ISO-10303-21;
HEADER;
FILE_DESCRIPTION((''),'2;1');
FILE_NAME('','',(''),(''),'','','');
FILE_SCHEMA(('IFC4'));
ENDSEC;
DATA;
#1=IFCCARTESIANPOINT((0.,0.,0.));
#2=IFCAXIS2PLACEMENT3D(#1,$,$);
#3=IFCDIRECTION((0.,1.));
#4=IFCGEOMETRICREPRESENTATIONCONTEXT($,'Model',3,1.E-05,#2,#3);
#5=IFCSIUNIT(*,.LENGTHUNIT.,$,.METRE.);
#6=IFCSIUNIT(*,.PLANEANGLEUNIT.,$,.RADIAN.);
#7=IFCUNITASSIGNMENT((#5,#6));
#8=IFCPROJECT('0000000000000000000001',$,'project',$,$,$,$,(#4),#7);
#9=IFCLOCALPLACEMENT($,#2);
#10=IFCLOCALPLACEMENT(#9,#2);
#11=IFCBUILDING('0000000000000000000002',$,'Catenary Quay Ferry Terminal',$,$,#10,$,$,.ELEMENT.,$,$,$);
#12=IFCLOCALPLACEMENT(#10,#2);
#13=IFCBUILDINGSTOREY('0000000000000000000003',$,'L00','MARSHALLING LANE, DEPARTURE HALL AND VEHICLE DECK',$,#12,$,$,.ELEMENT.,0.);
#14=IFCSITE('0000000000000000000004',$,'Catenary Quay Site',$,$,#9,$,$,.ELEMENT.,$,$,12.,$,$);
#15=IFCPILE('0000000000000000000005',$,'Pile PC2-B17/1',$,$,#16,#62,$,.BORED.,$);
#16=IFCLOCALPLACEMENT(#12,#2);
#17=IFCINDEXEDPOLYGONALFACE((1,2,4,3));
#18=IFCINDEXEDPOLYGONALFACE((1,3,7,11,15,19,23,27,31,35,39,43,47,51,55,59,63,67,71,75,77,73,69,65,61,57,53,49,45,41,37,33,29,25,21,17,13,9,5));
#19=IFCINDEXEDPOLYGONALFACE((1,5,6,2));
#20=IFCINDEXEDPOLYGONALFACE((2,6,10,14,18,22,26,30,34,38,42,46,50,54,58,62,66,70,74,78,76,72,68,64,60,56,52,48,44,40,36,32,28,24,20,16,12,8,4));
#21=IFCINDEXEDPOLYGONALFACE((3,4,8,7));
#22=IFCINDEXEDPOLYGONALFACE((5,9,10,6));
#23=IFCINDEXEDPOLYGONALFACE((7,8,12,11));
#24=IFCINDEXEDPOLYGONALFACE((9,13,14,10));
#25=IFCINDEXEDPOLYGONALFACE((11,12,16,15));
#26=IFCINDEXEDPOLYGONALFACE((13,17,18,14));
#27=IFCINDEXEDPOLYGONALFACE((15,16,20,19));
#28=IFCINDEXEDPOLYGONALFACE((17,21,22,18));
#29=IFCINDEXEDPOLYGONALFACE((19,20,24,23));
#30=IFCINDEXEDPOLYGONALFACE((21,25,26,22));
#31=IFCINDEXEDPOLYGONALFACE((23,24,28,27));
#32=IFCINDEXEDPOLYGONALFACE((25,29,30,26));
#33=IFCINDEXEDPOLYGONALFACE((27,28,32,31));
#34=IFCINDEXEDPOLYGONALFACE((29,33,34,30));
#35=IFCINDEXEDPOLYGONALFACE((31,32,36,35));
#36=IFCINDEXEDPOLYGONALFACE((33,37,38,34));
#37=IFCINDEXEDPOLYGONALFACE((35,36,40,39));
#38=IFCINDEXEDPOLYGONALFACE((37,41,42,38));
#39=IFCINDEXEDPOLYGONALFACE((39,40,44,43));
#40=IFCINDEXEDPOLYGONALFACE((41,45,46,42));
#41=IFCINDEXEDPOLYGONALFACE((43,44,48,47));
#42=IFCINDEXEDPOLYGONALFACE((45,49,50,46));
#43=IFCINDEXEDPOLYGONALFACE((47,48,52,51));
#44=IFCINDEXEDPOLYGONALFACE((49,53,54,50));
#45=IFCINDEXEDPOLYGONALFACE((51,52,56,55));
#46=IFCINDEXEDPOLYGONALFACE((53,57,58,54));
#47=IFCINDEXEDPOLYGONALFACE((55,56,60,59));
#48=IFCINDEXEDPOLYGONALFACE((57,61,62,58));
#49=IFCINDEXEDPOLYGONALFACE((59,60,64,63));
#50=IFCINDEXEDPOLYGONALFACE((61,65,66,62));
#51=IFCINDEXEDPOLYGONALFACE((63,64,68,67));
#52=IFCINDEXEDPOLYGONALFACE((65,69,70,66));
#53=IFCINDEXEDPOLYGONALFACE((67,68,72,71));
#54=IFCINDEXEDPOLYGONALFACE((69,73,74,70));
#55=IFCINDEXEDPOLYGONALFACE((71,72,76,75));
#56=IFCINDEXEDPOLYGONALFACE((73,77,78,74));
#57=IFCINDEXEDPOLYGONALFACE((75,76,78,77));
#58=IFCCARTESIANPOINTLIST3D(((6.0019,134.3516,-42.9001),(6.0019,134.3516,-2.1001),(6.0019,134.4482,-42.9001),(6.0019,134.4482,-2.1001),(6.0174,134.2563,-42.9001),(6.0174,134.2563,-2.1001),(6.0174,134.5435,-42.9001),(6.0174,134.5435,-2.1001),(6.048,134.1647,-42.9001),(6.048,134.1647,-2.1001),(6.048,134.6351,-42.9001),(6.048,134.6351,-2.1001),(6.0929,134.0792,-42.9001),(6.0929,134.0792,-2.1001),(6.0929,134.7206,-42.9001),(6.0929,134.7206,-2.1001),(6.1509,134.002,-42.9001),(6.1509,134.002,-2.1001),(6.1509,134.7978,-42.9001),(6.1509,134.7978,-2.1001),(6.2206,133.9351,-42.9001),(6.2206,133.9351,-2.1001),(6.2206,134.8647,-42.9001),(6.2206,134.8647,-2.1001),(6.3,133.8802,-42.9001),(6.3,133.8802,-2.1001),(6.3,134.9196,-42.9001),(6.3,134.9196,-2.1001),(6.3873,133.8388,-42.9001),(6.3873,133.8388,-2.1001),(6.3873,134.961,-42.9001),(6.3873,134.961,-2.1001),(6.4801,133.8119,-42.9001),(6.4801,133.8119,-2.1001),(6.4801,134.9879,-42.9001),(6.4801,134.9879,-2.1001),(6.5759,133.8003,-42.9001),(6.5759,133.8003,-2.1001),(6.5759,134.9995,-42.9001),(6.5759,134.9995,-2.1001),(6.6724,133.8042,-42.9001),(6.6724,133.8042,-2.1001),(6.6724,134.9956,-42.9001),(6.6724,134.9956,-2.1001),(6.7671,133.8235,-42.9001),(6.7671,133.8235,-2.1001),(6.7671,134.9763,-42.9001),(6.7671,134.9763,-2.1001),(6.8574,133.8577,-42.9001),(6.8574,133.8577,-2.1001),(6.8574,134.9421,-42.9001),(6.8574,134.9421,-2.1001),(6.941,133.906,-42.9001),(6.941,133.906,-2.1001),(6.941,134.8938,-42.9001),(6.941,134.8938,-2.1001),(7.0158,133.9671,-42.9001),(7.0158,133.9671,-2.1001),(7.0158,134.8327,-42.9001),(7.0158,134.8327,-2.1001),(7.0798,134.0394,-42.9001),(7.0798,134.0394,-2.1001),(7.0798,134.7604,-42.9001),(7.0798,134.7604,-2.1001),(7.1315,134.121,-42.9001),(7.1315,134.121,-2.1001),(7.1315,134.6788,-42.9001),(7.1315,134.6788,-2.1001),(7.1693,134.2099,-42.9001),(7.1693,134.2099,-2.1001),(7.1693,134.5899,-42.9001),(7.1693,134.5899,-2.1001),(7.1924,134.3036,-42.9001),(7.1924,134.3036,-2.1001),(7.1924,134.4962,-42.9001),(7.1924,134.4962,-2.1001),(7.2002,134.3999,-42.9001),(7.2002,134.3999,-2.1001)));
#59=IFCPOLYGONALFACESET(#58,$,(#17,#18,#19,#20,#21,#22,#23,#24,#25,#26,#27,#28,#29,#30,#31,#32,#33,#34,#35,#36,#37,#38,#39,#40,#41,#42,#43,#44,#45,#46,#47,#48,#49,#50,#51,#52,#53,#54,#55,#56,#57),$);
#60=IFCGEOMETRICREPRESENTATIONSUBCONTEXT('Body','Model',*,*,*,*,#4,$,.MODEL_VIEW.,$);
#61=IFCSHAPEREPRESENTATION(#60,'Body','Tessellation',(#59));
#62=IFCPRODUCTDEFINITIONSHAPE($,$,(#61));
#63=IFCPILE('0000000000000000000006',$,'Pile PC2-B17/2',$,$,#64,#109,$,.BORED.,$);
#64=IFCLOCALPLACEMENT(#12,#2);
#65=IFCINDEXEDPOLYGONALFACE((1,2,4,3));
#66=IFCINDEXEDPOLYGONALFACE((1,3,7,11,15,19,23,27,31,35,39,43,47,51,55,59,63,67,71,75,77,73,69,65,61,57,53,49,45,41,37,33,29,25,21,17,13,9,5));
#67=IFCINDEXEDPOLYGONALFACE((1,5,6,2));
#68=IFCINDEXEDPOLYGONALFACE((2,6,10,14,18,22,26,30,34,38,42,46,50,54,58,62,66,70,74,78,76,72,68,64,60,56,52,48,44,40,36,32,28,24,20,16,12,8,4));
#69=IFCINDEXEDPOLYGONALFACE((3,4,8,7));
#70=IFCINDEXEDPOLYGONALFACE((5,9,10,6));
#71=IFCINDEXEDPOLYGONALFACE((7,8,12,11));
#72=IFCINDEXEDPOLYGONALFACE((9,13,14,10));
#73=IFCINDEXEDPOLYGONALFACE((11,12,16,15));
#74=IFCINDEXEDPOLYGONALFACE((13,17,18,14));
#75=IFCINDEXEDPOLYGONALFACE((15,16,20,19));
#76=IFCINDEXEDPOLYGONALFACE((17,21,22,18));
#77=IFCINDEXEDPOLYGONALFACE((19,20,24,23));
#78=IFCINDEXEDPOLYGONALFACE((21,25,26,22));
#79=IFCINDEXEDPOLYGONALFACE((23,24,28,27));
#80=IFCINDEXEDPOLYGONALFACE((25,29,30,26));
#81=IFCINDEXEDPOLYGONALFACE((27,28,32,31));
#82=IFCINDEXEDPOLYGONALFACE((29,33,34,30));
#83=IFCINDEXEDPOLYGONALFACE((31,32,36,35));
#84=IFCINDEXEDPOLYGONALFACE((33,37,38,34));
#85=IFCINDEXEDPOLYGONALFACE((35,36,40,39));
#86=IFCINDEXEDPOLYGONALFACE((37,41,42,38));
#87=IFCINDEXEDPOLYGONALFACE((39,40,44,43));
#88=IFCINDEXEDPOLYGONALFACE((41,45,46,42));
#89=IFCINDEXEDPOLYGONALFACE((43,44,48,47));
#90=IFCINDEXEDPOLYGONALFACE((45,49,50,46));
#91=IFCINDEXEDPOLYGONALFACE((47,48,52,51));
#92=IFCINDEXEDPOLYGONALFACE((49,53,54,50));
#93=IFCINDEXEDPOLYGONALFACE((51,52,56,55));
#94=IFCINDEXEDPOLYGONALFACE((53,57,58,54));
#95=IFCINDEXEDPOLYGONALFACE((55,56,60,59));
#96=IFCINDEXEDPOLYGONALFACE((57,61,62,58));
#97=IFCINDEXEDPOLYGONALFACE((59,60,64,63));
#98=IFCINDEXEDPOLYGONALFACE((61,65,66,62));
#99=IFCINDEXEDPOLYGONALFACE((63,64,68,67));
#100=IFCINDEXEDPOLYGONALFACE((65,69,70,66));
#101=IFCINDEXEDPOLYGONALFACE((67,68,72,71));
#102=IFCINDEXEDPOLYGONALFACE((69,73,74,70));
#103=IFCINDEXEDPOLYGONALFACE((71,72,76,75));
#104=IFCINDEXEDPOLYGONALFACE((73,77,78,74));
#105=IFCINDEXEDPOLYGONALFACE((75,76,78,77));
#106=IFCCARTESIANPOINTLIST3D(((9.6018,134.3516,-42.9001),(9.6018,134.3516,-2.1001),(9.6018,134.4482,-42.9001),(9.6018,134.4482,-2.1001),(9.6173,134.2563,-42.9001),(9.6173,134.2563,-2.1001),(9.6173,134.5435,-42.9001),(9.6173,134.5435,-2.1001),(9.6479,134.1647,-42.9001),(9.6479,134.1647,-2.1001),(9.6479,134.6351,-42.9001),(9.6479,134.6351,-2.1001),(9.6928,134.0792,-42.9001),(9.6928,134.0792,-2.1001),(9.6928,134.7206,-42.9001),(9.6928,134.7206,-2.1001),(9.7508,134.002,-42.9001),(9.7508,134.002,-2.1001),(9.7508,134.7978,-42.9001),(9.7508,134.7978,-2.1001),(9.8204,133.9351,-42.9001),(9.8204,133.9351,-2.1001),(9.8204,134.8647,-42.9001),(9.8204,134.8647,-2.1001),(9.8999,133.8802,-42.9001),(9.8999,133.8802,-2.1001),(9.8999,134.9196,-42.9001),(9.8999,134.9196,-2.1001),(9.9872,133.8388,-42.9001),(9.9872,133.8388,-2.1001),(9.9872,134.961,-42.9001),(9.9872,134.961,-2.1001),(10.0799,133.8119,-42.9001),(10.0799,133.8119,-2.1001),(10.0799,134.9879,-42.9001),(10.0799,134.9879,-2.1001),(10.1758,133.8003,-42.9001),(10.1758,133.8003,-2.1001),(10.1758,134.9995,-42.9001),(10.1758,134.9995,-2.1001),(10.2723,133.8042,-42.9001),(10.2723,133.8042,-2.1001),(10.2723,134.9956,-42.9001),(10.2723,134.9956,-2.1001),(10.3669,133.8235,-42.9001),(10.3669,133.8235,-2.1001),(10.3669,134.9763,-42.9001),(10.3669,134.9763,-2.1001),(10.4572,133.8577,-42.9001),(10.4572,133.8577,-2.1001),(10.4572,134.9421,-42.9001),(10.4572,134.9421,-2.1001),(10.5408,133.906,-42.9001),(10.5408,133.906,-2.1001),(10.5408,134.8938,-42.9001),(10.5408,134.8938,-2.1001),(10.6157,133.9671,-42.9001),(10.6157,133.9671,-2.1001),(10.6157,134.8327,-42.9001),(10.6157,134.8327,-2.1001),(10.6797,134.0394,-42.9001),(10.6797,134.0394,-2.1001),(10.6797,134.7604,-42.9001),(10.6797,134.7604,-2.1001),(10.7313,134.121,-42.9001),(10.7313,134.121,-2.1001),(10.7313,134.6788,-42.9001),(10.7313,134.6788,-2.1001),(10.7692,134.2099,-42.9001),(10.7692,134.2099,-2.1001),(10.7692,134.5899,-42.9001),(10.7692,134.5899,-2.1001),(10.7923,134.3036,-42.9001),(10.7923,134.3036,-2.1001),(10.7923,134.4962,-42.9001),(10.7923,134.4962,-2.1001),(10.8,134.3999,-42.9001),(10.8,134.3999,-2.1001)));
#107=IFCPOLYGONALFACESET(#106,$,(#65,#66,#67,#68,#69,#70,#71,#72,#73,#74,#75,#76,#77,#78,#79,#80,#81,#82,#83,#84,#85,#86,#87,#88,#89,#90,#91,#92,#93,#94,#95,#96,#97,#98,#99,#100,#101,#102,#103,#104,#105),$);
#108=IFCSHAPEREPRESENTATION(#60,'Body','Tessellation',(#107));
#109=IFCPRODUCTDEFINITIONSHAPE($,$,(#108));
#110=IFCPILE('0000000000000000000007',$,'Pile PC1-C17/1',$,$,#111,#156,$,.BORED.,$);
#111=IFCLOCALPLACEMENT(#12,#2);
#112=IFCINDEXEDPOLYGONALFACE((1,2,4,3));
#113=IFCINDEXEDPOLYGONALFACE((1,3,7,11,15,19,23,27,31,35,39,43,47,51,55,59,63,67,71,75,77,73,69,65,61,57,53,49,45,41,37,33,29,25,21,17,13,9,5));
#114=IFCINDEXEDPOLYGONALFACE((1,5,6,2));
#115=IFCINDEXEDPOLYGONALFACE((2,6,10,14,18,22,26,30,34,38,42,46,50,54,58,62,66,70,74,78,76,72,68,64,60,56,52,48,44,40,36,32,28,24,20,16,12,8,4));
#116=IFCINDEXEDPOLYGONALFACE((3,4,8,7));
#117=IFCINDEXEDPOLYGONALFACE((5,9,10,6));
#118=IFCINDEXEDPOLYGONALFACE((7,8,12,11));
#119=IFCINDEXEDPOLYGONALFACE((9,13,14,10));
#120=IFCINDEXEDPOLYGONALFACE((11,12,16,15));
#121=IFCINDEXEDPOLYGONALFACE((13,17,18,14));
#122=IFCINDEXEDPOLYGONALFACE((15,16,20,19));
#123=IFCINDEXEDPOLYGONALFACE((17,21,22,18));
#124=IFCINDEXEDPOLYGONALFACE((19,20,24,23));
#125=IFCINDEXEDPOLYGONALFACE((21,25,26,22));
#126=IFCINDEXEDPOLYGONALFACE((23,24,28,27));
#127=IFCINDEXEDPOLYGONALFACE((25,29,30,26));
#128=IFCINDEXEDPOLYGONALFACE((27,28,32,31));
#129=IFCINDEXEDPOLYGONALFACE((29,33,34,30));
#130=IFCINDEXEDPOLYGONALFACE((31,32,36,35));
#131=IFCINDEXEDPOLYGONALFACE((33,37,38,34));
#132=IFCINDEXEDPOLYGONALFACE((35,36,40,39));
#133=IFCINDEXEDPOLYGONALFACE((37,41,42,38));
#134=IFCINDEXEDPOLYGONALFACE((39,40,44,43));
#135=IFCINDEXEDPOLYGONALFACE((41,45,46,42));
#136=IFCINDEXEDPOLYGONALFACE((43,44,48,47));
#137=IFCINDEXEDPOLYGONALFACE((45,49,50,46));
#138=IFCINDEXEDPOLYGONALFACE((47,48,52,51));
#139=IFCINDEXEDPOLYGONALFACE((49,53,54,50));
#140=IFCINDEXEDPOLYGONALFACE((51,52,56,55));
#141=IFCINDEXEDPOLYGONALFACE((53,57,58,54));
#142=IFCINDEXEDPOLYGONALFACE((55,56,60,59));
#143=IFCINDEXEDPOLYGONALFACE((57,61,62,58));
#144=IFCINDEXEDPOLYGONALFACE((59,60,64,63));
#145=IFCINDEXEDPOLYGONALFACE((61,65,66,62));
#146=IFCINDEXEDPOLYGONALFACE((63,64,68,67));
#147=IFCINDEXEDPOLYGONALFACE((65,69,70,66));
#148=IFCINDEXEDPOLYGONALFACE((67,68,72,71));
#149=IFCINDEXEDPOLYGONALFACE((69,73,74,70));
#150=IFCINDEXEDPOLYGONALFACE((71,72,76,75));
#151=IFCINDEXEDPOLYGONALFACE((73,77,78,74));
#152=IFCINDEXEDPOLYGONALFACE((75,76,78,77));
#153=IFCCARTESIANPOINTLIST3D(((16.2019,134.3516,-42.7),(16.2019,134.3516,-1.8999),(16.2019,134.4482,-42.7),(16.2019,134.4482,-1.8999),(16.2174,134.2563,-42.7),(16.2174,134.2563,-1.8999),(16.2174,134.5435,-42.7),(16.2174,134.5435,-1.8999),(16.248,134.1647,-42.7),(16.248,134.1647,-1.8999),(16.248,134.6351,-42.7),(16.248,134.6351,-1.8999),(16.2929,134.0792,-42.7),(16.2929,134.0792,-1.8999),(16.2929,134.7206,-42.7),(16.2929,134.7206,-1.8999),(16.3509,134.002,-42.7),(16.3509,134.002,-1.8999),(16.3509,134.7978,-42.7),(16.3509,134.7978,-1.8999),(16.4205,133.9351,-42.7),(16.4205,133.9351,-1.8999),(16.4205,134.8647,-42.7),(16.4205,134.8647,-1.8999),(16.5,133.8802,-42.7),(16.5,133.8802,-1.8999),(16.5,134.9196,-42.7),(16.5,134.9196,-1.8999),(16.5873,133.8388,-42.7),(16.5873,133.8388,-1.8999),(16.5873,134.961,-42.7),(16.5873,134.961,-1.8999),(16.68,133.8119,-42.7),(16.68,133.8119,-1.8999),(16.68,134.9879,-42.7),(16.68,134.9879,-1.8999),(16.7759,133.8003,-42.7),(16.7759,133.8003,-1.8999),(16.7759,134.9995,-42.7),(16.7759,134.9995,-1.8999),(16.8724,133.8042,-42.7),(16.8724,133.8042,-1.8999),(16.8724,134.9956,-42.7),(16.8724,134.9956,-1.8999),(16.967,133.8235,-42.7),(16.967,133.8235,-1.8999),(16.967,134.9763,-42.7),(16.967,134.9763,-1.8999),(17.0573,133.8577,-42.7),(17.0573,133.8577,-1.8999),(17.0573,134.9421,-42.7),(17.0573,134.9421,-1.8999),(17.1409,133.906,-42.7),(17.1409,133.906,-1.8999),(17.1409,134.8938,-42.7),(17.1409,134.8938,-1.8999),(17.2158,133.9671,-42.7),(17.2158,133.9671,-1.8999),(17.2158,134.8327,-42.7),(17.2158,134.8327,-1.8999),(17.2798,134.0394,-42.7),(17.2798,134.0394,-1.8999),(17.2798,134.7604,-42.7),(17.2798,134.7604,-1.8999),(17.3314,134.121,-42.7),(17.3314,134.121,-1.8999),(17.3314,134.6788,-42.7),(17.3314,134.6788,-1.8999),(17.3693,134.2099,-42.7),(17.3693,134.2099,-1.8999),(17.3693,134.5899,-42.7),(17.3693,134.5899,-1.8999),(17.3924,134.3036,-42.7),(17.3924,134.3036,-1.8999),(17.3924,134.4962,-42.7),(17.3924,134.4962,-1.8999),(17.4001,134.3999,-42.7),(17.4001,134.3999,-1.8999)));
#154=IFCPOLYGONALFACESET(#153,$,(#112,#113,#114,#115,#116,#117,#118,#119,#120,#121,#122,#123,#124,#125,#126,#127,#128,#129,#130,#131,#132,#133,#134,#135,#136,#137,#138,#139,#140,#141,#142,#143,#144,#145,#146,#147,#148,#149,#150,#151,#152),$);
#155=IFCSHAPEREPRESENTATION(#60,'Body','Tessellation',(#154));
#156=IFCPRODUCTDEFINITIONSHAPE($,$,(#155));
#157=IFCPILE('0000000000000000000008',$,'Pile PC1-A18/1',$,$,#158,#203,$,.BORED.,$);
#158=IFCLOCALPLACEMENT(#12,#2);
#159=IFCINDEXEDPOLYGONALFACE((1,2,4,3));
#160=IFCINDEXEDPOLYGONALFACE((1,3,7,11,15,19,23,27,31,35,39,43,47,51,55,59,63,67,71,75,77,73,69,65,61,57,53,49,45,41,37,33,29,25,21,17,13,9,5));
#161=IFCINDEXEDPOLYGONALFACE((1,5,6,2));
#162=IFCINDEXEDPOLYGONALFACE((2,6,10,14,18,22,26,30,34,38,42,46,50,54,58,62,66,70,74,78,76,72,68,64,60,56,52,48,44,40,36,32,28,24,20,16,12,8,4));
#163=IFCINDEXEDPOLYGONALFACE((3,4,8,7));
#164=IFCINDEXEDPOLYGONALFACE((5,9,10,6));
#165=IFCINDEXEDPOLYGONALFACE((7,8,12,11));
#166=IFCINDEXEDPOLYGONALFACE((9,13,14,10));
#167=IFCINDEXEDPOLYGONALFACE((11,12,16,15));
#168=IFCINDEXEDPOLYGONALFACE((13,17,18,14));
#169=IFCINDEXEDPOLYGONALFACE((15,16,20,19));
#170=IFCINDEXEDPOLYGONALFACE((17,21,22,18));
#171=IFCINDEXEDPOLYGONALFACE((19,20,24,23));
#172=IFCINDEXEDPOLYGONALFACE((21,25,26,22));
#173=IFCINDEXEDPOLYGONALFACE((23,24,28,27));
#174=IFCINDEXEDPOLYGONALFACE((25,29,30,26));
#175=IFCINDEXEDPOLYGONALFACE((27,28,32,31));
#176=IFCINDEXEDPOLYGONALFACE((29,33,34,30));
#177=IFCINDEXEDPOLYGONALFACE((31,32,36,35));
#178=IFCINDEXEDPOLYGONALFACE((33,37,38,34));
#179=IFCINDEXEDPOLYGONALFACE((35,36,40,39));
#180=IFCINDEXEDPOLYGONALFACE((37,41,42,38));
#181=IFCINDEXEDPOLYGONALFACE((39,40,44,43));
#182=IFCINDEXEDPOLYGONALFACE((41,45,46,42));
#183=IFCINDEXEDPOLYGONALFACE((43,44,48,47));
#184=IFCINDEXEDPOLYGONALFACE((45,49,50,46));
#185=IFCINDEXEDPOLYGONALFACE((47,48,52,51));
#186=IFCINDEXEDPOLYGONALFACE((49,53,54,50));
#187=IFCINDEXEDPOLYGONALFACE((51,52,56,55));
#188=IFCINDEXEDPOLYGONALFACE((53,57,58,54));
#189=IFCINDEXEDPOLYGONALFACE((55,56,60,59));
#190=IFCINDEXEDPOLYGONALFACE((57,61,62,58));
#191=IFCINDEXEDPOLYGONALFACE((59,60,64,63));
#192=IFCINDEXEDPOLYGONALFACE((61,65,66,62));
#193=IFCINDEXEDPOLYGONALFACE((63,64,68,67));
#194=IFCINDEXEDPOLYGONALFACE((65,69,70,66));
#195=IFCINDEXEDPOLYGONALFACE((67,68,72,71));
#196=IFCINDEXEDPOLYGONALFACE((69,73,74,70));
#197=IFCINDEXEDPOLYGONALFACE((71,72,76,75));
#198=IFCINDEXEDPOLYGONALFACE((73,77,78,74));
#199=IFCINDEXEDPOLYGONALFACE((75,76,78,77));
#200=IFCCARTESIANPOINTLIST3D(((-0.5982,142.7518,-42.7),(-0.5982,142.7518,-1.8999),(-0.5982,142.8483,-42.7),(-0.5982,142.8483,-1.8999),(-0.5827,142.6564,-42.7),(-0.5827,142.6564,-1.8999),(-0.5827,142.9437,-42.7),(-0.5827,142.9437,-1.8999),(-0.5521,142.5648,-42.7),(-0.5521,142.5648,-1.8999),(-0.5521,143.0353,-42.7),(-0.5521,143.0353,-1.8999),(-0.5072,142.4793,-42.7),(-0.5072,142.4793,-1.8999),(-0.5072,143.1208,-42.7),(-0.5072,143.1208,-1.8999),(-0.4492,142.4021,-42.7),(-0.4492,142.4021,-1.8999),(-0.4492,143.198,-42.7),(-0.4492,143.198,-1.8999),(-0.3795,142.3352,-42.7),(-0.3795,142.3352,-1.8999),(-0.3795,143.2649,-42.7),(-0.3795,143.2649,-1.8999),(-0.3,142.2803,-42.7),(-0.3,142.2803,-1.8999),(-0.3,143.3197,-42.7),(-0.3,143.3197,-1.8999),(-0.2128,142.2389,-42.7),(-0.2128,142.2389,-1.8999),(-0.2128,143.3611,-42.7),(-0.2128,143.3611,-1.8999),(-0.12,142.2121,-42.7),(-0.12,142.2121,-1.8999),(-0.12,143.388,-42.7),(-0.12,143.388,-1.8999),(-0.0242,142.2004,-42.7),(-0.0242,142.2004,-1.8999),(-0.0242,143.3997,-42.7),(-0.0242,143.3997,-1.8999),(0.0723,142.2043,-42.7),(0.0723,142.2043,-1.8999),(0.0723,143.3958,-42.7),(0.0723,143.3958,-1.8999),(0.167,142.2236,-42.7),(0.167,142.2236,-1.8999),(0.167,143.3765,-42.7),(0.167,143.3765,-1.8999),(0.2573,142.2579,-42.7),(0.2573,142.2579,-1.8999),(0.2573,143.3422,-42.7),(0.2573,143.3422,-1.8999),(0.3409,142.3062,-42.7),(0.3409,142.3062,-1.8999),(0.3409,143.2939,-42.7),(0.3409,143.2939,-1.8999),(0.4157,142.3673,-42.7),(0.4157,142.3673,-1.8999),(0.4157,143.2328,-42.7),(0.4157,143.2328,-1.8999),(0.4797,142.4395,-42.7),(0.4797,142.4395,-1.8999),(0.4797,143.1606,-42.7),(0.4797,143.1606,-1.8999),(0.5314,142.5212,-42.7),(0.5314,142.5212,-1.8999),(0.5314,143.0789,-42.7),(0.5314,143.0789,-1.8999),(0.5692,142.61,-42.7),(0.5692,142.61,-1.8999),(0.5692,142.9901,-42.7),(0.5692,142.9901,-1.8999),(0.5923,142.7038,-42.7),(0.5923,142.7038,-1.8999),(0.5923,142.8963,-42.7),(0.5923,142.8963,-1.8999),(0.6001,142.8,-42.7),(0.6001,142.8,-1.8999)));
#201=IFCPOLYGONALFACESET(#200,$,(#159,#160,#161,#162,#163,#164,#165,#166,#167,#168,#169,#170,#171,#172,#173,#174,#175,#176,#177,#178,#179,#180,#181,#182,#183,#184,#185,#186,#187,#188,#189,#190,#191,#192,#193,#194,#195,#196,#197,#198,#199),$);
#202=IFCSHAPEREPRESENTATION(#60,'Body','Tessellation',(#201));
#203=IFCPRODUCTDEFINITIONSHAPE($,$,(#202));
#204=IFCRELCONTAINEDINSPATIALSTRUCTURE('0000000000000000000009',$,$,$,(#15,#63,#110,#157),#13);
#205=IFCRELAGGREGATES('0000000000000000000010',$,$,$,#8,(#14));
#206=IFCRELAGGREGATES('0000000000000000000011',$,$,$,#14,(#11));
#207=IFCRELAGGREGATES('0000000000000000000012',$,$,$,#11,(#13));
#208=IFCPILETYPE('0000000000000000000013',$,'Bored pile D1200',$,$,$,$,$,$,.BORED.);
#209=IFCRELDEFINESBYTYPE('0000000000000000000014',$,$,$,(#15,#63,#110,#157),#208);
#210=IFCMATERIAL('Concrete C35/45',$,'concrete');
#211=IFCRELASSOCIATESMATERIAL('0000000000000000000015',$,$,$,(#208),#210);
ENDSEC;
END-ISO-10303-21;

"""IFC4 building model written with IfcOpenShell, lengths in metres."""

from ifc_helpers import new_model, si_unit, direction, frame, origin, origin_2d, place, context, subcontext, project, spatial, circle, extrude, material, material_profile, profile_set, type_object, element, save


model = new_model("IFC4")

# Units and contexts
model_context = context("Model", 3, precision=1e-05, world=origin(), true_north=direction((0.0, 1.0)))
body_context = subcontext(model_context, "Body", "Model", "MODEL_VIEW")
ifc_project = project(units=[si_unit("LENGTHUNIT", "METRE"), si_unit("PLANEANGLEUNIT", "RADIAN")], contexts=[model_context])

# Site, building, storey
site_placement = place(None, origin())
site = spatial("IfcSite", under=ifc_project, at=site_placement, Name="Catenary Quay Site", CompositionType="ELEMENT", RefElevation=12.0)
building_placement = place(site_placement, origin())
building = spatial("IfcBuilding", under=site, at=building_placement, Name="Catenary Quay Ferry Terminal", CompositionType="ELEMENT")
storey_placement = place(building_placement, origin())
storey = spatial("IfcBuildingStorey", under=building, at=storey_placement, Name="L00", Description="MARSHALLING LANE, DEPARTURE HALL AND VEHICLE DECK", CompositionType="ELEMENT", Elevation=0.0)

# Piles
ifc_material_1 = material(Name="Concrete C35/45", Category="concrete")
ifc_material_profile_1 = material_profile(ifc_material_1, circle(Radius=0.6001, at=origin_2d()), Name="D1200")
ifc_profile_set_1 = profile_set([ifc_material_profile_1], Name="Concrete C35/45")
pile_type = type_object("IfcPileType", Name="Bored pile D1200", PredefinedType="BORED", material=ifc_profile_set_1)
for number, where, z_axis, x_axis, name in (
    (1, (6.6001, 134.3999, -2.1001), (0.0, 0.0, -1.0), (1.0, 0.0, 0.0), "Pile PC2-B17/1"),
    (2, (10.2, 134.3999, -2.1001), (0.0, 0.0, -1.0), (1.0, 0.0, 0.0), "Pile PC2-B17/2"),
    (3, (16.8, 134.3999, -1.8999), (0.0, 0.0, -1.0), (1.0, 0.0, 0.0), "Pile PC1-C17/1"),
    (4, (0.0, 142.8, -1.8999), (0.0, 0.0, -1.0), (1.0, 0.0, 0.0), "Pile PC1-A18/1"),
):
    element("IfcPile", number, at=place(storey_placement, frame(where, z_axis=z_axis, x_axis=x_axis)), inside=storey, type_object=pile_type, Name=name, PredefinedType="BORED", context=body_context, shape_type="SweptSolid", body=[
        extrude(circle(Radius=0.6001, at=origin_2d()), origin(), (0.0, 0.0, 1.0), 40.8),
    ])

save(model, "model.ifc")
